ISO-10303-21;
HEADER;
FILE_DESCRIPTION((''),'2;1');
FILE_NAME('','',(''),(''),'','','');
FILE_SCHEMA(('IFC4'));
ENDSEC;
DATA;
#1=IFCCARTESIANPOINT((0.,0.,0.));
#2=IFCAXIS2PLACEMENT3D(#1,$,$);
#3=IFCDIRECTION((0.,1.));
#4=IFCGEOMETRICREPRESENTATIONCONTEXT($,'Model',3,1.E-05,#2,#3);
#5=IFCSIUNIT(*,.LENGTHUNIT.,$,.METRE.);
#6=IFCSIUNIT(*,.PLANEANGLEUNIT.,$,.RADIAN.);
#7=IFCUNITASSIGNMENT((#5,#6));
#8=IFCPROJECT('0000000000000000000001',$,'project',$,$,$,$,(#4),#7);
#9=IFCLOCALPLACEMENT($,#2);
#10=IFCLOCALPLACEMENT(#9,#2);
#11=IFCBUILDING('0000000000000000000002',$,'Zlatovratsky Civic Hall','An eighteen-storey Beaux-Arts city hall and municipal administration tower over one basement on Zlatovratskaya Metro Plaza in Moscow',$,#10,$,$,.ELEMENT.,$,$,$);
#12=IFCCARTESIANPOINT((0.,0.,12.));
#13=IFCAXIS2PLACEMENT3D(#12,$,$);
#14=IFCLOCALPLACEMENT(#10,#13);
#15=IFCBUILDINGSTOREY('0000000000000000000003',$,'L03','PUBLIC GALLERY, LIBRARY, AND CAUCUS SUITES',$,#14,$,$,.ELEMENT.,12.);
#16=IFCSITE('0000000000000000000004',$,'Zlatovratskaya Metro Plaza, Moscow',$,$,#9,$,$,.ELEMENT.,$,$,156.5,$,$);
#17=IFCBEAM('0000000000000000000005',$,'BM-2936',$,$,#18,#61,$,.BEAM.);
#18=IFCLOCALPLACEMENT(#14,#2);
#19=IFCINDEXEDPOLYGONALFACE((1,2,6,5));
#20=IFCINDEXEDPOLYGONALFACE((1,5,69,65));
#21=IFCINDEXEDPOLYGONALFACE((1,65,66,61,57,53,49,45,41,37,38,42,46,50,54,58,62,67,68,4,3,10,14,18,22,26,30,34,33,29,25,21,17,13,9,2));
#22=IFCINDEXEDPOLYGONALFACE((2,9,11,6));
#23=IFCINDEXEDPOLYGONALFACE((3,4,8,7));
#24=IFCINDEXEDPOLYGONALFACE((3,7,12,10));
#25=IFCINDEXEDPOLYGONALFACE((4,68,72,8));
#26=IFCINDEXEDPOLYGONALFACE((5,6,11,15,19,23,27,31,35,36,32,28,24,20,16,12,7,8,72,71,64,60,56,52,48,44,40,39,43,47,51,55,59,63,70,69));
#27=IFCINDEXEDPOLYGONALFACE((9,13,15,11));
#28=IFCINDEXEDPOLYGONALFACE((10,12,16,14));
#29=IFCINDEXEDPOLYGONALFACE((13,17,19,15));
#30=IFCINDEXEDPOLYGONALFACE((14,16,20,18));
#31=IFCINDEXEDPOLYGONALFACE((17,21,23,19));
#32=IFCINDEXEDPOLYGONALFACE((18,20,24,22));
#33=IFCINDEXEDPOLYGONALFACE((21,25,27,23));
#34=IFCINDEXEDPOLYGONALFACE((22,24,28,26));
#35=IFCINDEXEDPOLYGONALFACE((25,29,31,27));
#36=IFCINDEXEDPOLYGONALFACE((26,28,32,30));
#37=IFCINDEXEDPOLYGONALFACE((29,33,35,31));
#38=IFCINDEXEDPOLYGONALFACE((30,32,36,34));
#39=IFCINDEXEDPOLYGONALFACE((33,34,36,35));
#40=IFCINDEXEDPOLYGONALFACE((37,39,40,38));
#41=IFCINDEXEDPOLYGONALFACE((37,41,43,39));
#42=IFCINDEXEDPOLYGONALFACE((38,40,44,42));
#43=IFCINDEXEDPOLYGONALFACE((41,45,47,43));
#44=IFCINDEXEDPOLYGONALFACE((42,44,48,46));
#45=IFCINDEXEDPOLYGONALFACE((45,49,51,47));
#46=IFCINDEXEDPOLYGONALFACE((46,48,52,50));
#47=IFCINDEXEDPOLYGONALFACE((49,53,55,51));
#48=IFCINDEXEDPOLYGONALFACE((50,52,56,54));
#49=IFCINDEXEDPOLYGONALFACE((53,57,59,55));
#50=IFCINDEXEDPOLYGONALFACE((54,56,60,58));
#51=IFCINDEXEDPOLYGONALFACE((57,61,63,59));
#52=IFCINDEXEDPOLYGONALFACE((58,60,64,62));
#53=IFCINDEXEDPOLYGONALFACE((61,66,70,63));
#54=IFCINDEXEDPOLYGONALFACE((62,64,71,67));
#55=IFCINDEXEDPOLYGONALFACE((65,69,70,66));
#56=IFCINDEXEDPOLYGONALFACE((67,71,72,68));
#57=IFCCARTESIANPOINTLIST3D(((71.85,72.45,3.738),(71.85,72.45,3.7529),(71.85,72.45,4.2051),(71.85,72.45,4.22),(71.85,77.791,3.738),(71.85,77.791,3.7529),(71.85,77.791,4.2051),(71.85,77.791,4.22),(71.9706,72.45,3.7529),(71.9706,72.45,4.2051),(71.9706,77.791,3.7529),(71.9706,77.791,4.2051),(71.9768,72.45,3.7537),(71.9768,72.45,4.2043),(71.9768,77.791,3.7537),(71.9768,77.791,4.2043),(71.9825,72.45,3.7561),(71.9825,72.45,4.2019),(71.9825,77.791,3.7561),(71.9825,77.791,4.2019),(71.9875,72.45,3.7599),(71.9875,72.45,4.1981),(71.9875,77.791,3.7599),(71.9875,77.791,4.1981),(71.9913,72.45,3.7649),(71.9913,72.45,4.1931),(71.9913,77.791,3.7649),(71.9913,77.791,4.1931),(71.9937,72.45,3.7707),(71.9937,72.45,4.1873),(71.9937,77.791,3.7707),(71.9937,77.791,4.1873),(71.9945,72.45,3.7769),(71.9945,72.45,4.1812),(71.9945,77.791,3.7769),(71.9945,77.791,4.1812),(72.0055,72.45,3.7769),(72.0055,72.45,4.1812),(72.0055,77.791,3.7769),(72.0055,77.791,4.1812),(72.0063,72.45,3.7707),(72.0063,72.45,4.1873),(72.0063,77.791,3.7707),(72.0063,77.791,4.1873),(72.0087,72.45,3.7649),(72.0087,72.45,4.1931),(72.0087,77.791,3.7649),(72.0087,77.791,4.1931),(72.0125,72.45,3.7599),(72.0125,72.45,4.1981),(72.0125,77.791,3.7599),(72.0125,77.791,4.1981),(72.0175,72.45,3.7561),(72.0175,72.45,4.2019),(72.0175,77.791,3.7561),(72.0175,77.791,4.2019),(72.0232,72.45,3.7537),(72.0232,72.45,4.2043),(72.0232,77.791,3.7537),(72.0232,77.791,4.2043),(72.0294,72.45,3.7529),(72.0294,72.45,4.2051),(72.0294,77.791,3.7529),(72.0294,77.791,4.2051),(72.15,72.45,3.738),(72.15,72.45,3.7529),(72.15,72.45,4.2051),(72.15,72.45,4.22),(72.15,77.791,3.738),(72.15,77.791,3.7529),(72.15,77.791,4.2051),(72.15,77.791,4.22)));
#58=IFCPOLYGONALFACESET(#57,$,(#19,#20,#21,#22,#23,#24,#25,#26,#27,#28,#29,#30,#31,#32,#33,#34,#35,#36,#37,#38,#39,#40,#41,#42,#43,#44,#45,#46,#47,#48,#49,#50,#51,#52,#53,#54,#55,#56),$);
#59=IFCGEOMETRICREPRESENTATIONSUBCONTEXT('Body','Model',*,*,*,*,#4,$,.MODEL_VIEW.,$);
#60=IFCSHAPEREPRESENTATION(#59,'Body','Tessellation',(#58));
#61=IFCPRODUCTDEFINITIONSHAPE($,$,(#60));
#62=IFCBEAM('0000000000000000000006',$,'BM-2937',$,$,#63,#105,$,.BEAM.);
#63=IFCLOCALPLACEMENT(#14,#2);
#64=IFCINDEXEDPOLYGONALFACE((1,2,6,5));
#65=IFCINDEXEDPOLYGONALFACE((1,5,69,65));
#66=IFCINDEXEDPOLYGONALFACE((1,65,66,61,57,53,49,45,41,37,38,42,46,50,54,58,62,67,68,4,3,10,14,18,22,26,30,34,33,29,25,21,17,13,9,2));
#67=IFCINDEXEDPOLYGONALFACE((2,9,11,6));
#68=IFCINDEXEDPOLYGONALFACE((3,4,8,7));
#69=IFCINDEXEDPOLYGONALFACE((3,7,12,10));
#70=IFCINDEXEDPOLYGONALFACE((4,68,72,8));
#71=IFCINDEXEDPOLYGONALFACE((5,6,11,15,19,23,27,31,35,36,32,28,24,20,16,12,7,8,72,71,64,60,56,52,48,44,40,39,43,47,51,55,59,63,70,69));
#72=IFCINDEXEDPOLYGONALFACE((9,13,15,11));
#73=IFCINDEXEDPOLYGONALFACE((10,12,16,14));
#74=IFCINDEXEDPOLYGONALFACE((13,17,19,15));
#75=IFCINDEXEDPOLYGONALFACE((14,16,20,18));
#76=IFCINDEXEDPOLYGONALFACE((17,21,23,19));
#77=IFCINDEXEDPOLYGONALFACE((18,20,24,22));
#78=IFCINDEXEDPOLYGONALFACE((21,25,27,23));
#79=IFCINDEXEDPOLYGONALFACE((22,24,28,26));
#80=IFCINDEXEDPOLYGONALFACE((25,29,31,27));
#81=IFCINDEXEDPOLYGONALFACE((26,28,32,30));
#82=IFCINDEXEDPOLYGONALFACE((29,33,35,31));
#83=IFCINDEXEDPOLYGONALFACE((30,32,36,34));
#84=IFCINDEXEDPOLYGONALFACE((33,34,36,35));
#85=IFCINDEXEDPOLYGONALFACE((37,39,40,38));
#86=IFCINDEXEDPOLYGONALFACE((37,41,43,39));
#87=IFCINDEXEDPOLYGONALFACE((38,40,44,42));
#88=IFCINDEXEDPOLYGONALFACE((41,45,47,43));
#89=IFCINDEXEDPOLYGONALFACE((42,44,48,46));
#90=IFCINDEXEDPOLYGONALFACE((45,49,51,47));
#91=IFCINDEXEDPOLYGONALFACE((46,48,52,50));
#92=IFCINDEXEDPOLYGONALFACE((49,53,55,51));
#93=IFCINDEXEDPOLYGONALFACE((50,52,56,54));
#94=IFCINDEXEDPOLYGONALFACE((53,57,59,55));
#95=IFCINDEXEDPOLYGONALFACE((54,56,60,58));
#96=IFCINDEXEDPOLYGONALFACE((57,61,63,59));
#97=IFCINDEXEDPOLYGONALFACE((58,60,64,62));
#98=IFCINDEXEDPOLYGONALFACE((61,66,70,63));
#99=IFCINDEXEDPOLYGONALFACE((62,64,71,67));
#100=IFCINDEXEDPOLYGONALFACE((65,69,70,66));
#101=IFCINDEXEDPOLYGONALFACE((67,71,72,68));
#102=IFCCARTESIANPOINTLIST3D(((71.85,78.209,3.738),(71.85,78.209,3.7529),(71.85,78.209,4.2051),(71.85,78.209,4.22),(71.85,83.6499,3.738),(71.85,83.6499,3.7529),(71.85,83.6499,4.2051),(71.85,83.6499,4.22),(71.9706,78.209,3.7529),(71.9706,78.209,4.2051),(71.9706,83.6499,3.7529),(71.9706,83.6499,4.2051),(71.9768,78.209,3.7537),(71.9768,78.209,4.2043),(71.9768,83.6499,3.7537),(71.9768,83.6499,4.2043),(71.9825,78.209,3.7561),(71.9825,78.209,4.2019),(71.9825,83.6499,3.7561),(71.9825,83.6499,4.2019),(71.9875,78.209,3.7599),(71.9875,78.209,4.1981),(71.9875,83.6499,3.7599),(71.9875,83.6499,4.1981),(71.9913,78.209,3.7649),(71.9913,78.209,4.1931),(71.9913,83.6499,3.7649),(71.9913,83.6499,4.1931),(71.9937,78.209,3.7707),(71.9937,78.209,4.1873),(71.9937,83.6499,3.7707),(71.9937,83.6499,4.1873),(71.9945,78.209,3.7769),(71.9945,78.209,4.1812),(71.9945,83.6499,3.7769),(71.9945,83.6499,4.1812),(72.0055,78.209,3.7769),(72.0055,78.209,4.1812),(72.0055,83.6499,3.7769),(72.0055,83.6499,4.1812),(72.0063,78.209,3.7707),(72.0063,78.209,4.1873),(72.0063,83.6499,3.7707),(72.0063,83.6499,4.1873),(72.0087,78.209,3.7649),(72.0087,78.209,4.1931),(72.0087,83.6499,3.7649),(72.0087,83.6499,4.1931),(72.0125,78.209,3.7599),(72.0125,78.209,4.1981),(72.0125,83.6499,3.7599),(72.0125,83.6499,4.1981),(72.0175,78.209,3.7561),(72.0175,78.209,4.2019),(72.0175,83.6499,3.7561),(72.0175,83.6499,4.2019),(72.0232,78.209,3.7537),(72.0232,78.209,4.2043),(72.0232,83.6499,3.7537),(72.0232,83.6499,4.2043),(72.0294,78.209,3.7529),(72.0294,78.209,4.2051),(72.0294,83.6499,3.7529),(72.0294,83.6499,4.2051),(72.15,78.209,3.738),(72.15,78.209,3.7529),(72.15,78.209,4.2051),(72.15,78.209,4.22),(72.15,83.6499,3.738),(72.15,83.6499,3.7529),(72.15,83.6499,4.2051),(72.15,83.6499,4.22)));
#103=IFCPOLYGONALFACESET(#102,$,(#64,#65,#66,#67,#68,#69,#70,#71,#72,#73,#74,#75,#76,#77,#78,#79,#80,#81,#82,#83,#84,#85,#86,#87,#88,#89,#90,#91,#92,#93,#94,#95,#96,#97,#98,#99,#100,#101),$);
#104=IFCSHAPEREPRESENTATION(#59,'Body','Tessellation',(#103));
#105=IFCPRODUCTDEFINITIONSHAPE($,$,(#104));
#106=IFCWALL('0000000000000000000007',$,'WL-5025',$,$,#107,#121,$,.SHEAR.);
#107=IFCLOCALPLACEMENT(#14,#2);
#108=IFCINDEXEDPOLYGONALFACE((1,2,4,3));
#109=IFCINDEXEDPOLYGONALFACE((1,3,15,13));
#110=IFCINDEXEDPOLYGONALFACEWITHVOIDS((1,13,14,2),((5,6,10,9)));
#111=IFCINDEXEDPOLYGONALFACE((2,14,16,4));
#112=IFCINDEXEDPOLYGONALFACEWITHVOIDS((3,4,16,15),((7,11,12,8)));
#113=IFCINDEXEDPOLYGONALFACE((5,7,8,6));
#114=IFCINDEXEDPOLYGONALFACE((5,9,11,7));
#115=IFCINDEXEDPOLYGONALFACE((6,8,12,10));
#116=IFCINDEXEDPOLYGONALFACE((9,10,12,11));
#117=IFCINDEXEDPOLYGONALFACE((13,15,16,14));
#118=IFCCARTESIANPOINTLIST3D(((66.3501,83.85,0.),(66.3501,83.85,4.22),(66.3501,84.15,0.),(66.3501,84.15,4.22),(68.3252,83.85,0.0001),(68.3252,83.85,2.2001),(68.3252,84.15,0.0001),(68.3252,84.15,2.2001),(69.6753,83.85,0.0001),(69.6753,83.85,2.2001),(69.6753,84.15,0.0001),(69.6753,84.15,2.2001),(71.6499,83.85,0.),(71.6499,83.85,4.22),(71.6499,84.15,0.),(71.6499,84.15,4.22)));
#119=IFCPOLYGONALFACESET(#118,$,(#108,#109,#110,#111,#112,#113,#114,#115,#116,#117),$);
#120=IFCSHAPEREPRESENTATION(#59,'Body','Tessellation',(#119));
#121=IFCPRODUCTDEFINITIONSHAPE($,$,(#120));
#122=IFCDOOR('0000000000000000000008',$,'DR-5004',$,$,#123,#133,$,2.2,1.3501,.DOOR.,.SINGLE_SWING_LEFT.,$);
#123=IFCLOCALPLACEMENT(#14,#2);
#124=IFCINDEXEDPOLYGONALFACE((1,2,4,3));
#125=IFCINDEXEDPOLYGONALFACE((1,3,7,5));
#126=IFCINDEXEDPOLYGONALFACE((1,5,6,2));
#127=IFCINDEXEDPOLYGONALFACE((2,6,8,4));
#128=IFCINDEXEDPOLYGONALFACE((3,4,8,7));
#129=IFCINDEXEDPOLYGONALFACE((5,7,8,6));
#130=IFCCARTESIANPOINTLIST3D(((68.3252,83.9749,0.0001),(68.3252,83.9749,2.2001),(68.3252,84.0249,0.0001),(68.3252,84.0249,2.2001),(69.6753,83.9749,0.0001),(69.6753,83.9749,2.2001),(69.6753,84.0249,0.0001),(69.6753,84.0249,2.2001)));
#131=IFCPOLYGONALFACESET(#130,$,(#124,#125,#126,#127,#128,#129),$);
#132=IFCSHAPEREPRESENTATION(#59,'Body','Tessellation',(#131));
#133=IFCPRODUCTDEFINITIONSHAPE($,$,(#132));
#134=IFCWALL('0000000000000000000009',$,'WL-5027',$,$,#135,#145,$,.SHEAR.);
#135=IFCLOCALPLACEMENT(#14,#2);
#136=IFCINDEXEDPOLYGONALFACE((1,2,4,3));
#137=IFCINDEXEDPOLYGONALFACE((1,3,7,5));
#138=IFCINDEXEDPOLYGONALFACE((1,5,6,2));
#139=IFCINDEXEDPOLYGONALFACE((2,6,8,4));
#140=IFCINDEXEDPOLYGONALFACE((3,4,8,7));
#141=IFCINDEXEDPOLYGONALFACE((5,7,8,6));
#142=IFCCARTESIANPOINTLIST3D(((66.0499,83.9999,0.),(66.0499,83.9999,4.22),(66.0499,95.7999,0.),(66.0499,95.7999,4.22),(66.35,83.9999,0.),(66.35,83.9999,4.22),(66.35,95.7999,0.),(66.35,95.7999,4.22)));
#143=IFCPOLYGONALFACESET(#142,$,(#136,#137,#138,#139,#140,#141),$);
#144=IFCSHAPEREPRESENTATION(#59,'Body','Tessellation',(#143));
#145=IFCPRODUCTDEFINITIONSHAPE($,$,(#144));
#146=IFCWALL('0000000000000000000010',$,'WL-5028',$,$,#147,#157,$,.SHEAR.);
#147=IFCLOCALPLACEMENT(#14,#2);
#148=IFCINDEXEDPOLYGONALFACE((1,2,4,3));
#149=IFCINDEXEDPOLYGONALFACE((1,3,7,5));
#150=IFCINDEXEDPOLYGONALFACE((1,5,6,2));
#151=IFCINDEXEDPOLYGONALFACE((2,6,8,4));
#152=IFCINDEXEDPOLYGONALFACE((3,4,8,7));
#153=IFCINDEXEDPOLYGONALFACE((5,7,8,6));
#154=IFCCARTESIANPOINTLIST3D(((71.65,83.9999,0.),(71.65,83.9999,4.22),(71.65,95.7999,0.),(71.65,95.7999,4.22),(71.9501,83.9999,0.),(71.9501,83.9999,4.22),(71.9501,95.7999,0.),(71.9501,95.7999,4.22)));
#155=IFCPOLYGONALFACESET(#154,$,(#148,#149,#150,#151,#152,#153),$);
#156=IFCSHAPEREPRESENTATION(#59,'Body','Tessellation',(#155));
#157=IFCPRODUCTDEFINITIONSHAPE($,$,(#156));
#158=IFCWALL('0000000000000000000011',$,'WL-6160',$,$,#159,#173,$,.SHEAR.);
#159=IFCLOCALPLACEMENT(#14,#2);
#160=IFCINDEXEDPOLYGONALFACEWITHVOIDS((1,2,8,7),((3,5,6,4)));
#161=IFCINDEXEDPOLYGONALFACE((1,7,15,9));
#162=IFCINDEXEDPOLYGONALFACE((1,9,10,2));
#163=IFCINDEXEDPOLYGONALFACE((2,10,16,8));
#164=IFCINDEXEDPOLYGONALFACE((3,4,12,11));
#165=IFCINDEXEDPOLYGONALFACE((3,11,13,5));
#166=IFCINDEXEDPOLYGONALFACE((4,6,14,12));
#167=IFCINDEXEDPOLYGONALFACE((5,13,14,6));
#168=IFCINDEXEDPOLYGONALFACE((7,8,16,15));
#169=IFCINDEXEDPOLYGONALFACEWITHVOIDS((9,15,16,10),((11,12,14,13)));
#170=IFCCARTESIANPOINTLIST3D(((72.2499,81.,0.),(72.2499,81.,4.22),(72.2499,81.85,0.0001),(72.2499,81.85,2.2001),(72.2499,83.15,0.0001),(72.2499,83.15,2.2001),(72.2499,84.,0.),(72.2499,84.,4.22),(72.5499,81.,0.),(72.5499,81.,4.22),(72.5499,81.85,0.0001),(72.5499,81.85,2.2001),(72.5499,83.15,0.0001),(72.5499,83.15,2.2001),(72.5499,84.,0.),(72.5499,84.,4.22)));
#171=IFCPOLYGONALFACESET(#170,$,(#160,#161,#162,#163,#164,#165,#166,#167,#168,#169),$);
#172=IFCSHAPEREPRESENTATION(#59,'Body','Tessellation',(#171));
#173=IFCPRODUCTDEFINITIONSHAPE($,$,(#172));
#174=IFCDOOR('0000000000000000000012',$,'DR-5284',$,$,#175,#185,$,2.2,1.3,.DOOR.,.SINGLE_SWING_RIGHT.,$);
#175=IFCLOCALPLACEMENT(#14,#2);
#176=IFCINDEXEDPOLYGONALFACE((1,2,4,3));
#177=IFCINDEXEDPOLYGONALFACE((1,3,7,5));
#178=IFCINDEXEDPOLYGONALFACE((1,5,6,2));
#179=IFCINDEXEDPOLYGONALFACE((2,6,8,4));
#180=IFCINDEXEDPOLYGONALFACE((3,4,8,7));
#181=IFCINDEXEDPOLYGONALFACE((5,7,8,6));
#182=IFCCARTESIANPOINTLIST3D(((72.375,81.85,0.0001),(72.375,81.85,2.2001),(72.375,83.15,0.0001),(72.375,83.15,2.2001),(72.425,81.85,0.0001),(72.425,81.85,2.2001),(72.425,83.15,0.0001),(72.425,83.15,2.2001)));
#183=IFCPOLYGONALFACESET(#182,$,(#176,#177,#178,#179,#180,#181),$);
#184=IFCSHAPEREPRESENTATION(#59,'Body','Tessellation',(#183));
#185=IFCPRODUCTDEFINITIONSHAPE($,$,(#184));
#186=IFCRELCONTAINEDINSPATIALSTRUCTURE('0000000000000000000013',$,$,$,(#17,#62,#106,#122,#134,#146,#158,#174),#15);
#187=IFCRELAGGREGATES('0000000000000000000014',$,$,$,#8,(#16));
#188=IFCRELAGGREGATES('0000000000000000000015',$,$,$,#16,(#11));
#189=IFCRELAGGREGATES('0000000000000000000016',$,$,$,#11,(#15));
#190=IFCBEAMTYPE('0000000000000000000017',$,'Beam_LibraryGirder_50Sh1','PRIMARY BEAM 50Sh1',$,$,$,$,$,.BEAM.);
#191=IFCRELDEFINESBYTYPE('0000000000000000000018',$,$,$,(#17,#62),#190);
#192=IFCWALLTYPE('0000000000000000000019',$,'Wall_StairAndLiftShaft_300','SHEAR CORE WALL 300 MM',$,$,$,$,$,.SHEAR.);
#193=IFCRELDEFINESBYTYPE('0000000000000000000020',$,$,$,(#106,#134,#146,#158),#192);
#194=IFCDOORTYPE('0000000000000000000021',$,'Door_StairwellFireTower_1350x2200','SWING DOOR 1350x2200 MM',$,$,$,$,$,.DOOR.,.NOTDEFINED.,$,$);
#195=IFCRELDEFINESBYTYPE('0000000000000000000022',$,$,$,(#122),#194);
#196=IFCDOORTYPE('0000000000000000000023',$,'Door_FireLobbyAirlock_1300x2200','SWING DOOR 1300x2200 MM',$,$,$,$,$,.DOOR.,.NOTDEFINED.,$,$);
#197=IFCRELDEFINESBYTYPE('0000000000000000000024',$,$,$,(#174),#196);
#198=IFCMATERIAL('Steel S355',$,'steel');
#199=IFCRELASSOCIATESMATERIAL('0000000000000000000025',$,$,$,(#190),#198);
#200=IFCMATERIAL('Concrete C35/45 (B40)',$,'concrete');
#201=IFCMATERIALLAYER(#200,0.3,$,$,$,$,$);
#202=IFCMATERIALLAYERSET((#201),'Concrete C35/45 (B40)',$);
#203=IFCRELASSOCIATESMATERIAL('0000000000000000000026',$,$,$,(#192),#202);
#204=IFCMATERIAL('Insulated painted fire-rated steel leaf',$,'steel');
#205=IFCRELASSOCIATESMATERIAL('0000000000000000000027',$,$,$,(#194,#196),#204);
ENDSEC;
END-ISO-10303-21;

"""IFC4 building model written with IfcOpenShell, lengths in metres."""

from ifc_helpers import new_model, si_unit, direction, frame, frame_2d, origin, origin_2d, place, context, subcontext, project, spatial, rectangle, i_section, extrude, material, layer, layer_set, material_profile, profile_set, type_object, element, fill, save


model = new_model("IFC4")

# Units and contexts
model_context = context("Model", 3, precision=1e-05, world=origin(), true_north=direction((0.0, 1.0)))
body_context = subcontext(model_context, "Body", "Model", "MODEL_VIEW")
ifc_project = project(units=[si_unit("LENGTHUNIT", "METRE"), si_unit("PLANEANGLEUNIT", "RADIAN")], contexts=[model_context])

# Site, building, storey
site_placement = place(None, origin())
site = spatial("IfcSite", under=ifc_project, at=site_placement, Name="Zlatovratskaya Metro Plaza, Moscow", CompositionType="ELEMENT", RefElevation=156.5)
building_placement = place(site_placement, origin())
building = spatial("IfcBuilding", under=site, at=building_placement, Name="Zlatovratsky Civic Hall", Description="An eighteen-storey Beaux-Arts city hall and municipal administration tower over one basement on Zlatovratskaya Metro Plaza in Moscow", CompositionType="ELEMENT")
storey_placement = place(building_placement, frame((0.0, 0.0, 12.0)))
storey = spatial("IfcBuildingStorey", under=building, at=storey_placement, Name="L03", Description="PUBLIC GALLERY, LIBRARY, AND CAUCUS SUITES", CompositionType="ELEMENT", Elevation=12.0)

# Shared definitions
ifc_material_1 = material(Name="Concrete C35/45 (B40)", Category="concrete")
ifc_material_2 = material(Name="Steel S355", Category="steel")

# Beams
ifc_material_profile_1 = material_profile(ifc_material_2, i_section(OverallWidth=0.3, OverallDepth=0.4819, WebThickness=0.011, FlangeThickness=0.0149, FilletRadius=0.0239, at=origin_2d()), Name="50Sh1")
ifc_profile_set_1 = profile_set([ifc_material_profile_1], Name="Steel S355")
beam_type = type_object("IfcBeamType", Name="Beam_LibraryGirder_50Sh1", Description="PRIMARY BEAM 50Sh1", PredefinedType="BEAM", material=ifc_profile_set_1)
beam_1_placement = place(storey_placement, frame((72.0, 72.45, 3.979), z_axis=(0.0, 1.0, 0.0), x_axis=(-1.0, 0.0, 0.0)))
element("IfcBeam", 1, at=beam_1_placement, inside=storey, type_object=beam_type, Name="BM-2936", PredefinedType="BEAM", context=body_context, shape_type="SweptSolid", body=[
    extrude(i_section(OverallWidth=0.3, OverallDepth=0.4819, WebThickness=0.011, FlangeThickness=0.0149, FilletRadius=0.0239, at=origin_2d()), origin(), (0.0, 0.0, 1.0), 5.3411),
])
beam_2_placement = place(storey_placement, frame((72.0, 78.209, 3.979), z_axis=(0.0, 1.0, 0.0), x_axis=(-1.0, 0.0, 0.0)))
element("IfcBeam", 2, at=beam_2_placement, inside=storey, type_object=beam_type, Name="BM-2937", PredefinedType="BEAM", context=body_context, shape_type="SweptSolid", body=[
    extrude(i_section(OverallWidth=0.3, OverallDepth=0.4819, WebThickness=0.011, FlangeThickness=0.0149, FilletRadius=0.0239, at=origin_2d()), origin(), (0.0, 0.0, 1.0), 5.4409),
])

# Wall, opening, door
ifc_layer = layer(ifc_material_1, 0.3)
ifc_layer_set = layer_set([ifc_layer], Name="Concrete C35/45 (B40)")
wall_type = type_object("IfcWallType", Name="Wall_StairAndLiftShaft_300", Description="SHEAR CORE WALL 300 MM", PredefinedType="SHEAR", material=ifc_layer_set)
wall_1_placement = place(storey_placement, frame((66.3501, 84.0, 0.0), z_axis=(0.0, 0.0, 1.0), x_axis=(1.0, 0.0, 0.0)))
wall_1 = element("IfcWall", 3, at=wall_1_placement, inside=storey, type_object=wall_type, Name="WL-5025", PredefinedType="SHEAR", context=body_context, shape_type="SweptSolid", body=[
    extrude(rectangle(XDim=5.2998, YDim=0.3, at=frame_2d((2.6499, 0.0))), origin(), (0.0, 0.0, 1.0), 4.22),
])
opening_1_placement = place(wall_1_placement, frame((1.9751, 0.0, 0.0)))
opening_1 = element("IfcOpeningElement", 4, at=opening_1_placement, cuts=wall_1, PredefinedType="OPENING", context=body_context, shape_type="SweptSolid", body=[
    extrude(rectangle(XDim=1.3501, YDim=2.2, at=frame_2d((0.675, 1.1001))), frame((0.0, 0.165, 0.0), z_axis=(0.0, -1.0, 0.0), x_axis=(1.0, 0.0, 0.0)), (0.0, 0.0, 1.0), 0.3298),
])
ifc_material_3 = material(Name="Insulated painted fire-rated steel leaf", Category="steel")
door_type_1 = type_object("IfcDoorType", Name="Door_StairwellFireTower_1350x2200", Description="SWING DOOR 1350x2200 MM", OperationType="NOTDEFINED", PredefinedType="DOOR", material=ifc_material_3)
door_1_placement = place(opening_1_placement, origin())
door_1 = element("IfcDoor", 5, at=door_1_placement, inside=storey, type_object=door_type_1, Name="DR-5004", OperationType="SINGLE_SWING_LEFT", OverallHeight=2.2, OverallWidth=1.3501, PredefinedType="DOOR", context=body_context, shape_type="SweptSolid", body=[
    extrude(rectangle(XDim=1.3501, YDim=2.2, at=frame_2d((0.675, 1.1001))), frame((0.0, 0.0249, 0.0), z_axis=(0.0, -1.0, 0.0), x_axis=(1.0, 0.0, 0.0)), (0.0, 0.0, 1.0), 0.05),
])
fill(opening_1, door_1)

# Walls
for number, where, z_axis, x_axis, name in (
    (6, (66.2, 84.0, 0.0), (0.0, 0.0, 1.0), (0.0, 1.0, 0.0), "WL-5027"),
    (7, (71.8, 84.0, 0.0), (0.0, 0.0, 1.0), (0.0, 1.0, 0.0), "WL-5028"),
):
    element("IfcWall", number, at=place(storey_placement, frame(where, z_axis=z_axis, x_axis=x_axis)), inside=storey, type_object=wall_type, Name=name, PredefinedType="SHEAR", context=body_context, shape_type="SweptSolid", body=[
        extrude(rectangle(XDim=11.8, YDim=0.3, at=frame_2d((5.8999, 0.0))), origin(), (0.0, 0.0, 1.0), 4.22),
    ])

# Wall, opening, door
wall_2_placement = place(storey_placement, frame((72.3999, 81.0, 0.0), z_axis=(0.0, 0.0, 1.0), x_axis=(0.0, 1.0, 0.0)))
wall_2 = element("IfcWall", 8, at=wall_2_placement, inside=storey, type_object=wall_type, Name="WL-6160", PredefinedType="SHEAR", context=body_context, shape_type="SweptSolid", body=[
    extrude(rectangle(XDim=3.0, YDim=0.3, at=frame_2d((1.5, 0.0))), origin(), (0.0, 0.0, 1.0), 4.22),
])
opening_2_placement = place(wall_2_placement, frame((0.8501, 0.0, 0.0)))
opening_2 = element("IfcOpeningElement", 9, at=opening_2_placement, cuts=wall_2, PredefinedType="OPENING", context=body_context, shape_type="SweptSolid", body=[
    extrude(rectangle(XDim=1.3, YDim=2.2, at=frame_2d((0.6499, 1.1001))), frame((0.0, 0.165, 0.0), z_axis=(0.0, -1.0, 0.0), x_axis=(1.0, 0.0, 0.0)), (0.0, 0.0, 1.0), 0.3298),
])
door_type_2 = type_object("IfcDoorType", Name="Door_FireLobbyAirlock_1300x2200", Description="SWING DOOR 1300x2200 MM", OperationType="NOTDEFINED", PredefinedType="DOOR", material=ifc_material_3)
door_2_placement = place(opening_2_placement, origin())
door_2 = element("IfcDoor", 10, at=door_2_placement, inside=storey, type_object=door_type_2, Name="DR-5284", OperationType="SINGLE_SWING_RIGHT", OverallHeight=2.2, OverallWidth=1.3, PredefinedType="DOOR", context=body_context, shape_type="SweptSolid", body=[
    extrude(rectangle(XDim=1.3, YDim=2.2, at=frame_2d((0.6499, 1.1001))), frame((0.0, 0.0249, 0.0), z_axis=(0.0, -1.0, 0.0), x_axis=(1.0, 0.0, 0.0)), (0.0, 0.0, 1.0), 0.05),
])
fill(opening_2, door_2)

save(model, "model.ifc")
